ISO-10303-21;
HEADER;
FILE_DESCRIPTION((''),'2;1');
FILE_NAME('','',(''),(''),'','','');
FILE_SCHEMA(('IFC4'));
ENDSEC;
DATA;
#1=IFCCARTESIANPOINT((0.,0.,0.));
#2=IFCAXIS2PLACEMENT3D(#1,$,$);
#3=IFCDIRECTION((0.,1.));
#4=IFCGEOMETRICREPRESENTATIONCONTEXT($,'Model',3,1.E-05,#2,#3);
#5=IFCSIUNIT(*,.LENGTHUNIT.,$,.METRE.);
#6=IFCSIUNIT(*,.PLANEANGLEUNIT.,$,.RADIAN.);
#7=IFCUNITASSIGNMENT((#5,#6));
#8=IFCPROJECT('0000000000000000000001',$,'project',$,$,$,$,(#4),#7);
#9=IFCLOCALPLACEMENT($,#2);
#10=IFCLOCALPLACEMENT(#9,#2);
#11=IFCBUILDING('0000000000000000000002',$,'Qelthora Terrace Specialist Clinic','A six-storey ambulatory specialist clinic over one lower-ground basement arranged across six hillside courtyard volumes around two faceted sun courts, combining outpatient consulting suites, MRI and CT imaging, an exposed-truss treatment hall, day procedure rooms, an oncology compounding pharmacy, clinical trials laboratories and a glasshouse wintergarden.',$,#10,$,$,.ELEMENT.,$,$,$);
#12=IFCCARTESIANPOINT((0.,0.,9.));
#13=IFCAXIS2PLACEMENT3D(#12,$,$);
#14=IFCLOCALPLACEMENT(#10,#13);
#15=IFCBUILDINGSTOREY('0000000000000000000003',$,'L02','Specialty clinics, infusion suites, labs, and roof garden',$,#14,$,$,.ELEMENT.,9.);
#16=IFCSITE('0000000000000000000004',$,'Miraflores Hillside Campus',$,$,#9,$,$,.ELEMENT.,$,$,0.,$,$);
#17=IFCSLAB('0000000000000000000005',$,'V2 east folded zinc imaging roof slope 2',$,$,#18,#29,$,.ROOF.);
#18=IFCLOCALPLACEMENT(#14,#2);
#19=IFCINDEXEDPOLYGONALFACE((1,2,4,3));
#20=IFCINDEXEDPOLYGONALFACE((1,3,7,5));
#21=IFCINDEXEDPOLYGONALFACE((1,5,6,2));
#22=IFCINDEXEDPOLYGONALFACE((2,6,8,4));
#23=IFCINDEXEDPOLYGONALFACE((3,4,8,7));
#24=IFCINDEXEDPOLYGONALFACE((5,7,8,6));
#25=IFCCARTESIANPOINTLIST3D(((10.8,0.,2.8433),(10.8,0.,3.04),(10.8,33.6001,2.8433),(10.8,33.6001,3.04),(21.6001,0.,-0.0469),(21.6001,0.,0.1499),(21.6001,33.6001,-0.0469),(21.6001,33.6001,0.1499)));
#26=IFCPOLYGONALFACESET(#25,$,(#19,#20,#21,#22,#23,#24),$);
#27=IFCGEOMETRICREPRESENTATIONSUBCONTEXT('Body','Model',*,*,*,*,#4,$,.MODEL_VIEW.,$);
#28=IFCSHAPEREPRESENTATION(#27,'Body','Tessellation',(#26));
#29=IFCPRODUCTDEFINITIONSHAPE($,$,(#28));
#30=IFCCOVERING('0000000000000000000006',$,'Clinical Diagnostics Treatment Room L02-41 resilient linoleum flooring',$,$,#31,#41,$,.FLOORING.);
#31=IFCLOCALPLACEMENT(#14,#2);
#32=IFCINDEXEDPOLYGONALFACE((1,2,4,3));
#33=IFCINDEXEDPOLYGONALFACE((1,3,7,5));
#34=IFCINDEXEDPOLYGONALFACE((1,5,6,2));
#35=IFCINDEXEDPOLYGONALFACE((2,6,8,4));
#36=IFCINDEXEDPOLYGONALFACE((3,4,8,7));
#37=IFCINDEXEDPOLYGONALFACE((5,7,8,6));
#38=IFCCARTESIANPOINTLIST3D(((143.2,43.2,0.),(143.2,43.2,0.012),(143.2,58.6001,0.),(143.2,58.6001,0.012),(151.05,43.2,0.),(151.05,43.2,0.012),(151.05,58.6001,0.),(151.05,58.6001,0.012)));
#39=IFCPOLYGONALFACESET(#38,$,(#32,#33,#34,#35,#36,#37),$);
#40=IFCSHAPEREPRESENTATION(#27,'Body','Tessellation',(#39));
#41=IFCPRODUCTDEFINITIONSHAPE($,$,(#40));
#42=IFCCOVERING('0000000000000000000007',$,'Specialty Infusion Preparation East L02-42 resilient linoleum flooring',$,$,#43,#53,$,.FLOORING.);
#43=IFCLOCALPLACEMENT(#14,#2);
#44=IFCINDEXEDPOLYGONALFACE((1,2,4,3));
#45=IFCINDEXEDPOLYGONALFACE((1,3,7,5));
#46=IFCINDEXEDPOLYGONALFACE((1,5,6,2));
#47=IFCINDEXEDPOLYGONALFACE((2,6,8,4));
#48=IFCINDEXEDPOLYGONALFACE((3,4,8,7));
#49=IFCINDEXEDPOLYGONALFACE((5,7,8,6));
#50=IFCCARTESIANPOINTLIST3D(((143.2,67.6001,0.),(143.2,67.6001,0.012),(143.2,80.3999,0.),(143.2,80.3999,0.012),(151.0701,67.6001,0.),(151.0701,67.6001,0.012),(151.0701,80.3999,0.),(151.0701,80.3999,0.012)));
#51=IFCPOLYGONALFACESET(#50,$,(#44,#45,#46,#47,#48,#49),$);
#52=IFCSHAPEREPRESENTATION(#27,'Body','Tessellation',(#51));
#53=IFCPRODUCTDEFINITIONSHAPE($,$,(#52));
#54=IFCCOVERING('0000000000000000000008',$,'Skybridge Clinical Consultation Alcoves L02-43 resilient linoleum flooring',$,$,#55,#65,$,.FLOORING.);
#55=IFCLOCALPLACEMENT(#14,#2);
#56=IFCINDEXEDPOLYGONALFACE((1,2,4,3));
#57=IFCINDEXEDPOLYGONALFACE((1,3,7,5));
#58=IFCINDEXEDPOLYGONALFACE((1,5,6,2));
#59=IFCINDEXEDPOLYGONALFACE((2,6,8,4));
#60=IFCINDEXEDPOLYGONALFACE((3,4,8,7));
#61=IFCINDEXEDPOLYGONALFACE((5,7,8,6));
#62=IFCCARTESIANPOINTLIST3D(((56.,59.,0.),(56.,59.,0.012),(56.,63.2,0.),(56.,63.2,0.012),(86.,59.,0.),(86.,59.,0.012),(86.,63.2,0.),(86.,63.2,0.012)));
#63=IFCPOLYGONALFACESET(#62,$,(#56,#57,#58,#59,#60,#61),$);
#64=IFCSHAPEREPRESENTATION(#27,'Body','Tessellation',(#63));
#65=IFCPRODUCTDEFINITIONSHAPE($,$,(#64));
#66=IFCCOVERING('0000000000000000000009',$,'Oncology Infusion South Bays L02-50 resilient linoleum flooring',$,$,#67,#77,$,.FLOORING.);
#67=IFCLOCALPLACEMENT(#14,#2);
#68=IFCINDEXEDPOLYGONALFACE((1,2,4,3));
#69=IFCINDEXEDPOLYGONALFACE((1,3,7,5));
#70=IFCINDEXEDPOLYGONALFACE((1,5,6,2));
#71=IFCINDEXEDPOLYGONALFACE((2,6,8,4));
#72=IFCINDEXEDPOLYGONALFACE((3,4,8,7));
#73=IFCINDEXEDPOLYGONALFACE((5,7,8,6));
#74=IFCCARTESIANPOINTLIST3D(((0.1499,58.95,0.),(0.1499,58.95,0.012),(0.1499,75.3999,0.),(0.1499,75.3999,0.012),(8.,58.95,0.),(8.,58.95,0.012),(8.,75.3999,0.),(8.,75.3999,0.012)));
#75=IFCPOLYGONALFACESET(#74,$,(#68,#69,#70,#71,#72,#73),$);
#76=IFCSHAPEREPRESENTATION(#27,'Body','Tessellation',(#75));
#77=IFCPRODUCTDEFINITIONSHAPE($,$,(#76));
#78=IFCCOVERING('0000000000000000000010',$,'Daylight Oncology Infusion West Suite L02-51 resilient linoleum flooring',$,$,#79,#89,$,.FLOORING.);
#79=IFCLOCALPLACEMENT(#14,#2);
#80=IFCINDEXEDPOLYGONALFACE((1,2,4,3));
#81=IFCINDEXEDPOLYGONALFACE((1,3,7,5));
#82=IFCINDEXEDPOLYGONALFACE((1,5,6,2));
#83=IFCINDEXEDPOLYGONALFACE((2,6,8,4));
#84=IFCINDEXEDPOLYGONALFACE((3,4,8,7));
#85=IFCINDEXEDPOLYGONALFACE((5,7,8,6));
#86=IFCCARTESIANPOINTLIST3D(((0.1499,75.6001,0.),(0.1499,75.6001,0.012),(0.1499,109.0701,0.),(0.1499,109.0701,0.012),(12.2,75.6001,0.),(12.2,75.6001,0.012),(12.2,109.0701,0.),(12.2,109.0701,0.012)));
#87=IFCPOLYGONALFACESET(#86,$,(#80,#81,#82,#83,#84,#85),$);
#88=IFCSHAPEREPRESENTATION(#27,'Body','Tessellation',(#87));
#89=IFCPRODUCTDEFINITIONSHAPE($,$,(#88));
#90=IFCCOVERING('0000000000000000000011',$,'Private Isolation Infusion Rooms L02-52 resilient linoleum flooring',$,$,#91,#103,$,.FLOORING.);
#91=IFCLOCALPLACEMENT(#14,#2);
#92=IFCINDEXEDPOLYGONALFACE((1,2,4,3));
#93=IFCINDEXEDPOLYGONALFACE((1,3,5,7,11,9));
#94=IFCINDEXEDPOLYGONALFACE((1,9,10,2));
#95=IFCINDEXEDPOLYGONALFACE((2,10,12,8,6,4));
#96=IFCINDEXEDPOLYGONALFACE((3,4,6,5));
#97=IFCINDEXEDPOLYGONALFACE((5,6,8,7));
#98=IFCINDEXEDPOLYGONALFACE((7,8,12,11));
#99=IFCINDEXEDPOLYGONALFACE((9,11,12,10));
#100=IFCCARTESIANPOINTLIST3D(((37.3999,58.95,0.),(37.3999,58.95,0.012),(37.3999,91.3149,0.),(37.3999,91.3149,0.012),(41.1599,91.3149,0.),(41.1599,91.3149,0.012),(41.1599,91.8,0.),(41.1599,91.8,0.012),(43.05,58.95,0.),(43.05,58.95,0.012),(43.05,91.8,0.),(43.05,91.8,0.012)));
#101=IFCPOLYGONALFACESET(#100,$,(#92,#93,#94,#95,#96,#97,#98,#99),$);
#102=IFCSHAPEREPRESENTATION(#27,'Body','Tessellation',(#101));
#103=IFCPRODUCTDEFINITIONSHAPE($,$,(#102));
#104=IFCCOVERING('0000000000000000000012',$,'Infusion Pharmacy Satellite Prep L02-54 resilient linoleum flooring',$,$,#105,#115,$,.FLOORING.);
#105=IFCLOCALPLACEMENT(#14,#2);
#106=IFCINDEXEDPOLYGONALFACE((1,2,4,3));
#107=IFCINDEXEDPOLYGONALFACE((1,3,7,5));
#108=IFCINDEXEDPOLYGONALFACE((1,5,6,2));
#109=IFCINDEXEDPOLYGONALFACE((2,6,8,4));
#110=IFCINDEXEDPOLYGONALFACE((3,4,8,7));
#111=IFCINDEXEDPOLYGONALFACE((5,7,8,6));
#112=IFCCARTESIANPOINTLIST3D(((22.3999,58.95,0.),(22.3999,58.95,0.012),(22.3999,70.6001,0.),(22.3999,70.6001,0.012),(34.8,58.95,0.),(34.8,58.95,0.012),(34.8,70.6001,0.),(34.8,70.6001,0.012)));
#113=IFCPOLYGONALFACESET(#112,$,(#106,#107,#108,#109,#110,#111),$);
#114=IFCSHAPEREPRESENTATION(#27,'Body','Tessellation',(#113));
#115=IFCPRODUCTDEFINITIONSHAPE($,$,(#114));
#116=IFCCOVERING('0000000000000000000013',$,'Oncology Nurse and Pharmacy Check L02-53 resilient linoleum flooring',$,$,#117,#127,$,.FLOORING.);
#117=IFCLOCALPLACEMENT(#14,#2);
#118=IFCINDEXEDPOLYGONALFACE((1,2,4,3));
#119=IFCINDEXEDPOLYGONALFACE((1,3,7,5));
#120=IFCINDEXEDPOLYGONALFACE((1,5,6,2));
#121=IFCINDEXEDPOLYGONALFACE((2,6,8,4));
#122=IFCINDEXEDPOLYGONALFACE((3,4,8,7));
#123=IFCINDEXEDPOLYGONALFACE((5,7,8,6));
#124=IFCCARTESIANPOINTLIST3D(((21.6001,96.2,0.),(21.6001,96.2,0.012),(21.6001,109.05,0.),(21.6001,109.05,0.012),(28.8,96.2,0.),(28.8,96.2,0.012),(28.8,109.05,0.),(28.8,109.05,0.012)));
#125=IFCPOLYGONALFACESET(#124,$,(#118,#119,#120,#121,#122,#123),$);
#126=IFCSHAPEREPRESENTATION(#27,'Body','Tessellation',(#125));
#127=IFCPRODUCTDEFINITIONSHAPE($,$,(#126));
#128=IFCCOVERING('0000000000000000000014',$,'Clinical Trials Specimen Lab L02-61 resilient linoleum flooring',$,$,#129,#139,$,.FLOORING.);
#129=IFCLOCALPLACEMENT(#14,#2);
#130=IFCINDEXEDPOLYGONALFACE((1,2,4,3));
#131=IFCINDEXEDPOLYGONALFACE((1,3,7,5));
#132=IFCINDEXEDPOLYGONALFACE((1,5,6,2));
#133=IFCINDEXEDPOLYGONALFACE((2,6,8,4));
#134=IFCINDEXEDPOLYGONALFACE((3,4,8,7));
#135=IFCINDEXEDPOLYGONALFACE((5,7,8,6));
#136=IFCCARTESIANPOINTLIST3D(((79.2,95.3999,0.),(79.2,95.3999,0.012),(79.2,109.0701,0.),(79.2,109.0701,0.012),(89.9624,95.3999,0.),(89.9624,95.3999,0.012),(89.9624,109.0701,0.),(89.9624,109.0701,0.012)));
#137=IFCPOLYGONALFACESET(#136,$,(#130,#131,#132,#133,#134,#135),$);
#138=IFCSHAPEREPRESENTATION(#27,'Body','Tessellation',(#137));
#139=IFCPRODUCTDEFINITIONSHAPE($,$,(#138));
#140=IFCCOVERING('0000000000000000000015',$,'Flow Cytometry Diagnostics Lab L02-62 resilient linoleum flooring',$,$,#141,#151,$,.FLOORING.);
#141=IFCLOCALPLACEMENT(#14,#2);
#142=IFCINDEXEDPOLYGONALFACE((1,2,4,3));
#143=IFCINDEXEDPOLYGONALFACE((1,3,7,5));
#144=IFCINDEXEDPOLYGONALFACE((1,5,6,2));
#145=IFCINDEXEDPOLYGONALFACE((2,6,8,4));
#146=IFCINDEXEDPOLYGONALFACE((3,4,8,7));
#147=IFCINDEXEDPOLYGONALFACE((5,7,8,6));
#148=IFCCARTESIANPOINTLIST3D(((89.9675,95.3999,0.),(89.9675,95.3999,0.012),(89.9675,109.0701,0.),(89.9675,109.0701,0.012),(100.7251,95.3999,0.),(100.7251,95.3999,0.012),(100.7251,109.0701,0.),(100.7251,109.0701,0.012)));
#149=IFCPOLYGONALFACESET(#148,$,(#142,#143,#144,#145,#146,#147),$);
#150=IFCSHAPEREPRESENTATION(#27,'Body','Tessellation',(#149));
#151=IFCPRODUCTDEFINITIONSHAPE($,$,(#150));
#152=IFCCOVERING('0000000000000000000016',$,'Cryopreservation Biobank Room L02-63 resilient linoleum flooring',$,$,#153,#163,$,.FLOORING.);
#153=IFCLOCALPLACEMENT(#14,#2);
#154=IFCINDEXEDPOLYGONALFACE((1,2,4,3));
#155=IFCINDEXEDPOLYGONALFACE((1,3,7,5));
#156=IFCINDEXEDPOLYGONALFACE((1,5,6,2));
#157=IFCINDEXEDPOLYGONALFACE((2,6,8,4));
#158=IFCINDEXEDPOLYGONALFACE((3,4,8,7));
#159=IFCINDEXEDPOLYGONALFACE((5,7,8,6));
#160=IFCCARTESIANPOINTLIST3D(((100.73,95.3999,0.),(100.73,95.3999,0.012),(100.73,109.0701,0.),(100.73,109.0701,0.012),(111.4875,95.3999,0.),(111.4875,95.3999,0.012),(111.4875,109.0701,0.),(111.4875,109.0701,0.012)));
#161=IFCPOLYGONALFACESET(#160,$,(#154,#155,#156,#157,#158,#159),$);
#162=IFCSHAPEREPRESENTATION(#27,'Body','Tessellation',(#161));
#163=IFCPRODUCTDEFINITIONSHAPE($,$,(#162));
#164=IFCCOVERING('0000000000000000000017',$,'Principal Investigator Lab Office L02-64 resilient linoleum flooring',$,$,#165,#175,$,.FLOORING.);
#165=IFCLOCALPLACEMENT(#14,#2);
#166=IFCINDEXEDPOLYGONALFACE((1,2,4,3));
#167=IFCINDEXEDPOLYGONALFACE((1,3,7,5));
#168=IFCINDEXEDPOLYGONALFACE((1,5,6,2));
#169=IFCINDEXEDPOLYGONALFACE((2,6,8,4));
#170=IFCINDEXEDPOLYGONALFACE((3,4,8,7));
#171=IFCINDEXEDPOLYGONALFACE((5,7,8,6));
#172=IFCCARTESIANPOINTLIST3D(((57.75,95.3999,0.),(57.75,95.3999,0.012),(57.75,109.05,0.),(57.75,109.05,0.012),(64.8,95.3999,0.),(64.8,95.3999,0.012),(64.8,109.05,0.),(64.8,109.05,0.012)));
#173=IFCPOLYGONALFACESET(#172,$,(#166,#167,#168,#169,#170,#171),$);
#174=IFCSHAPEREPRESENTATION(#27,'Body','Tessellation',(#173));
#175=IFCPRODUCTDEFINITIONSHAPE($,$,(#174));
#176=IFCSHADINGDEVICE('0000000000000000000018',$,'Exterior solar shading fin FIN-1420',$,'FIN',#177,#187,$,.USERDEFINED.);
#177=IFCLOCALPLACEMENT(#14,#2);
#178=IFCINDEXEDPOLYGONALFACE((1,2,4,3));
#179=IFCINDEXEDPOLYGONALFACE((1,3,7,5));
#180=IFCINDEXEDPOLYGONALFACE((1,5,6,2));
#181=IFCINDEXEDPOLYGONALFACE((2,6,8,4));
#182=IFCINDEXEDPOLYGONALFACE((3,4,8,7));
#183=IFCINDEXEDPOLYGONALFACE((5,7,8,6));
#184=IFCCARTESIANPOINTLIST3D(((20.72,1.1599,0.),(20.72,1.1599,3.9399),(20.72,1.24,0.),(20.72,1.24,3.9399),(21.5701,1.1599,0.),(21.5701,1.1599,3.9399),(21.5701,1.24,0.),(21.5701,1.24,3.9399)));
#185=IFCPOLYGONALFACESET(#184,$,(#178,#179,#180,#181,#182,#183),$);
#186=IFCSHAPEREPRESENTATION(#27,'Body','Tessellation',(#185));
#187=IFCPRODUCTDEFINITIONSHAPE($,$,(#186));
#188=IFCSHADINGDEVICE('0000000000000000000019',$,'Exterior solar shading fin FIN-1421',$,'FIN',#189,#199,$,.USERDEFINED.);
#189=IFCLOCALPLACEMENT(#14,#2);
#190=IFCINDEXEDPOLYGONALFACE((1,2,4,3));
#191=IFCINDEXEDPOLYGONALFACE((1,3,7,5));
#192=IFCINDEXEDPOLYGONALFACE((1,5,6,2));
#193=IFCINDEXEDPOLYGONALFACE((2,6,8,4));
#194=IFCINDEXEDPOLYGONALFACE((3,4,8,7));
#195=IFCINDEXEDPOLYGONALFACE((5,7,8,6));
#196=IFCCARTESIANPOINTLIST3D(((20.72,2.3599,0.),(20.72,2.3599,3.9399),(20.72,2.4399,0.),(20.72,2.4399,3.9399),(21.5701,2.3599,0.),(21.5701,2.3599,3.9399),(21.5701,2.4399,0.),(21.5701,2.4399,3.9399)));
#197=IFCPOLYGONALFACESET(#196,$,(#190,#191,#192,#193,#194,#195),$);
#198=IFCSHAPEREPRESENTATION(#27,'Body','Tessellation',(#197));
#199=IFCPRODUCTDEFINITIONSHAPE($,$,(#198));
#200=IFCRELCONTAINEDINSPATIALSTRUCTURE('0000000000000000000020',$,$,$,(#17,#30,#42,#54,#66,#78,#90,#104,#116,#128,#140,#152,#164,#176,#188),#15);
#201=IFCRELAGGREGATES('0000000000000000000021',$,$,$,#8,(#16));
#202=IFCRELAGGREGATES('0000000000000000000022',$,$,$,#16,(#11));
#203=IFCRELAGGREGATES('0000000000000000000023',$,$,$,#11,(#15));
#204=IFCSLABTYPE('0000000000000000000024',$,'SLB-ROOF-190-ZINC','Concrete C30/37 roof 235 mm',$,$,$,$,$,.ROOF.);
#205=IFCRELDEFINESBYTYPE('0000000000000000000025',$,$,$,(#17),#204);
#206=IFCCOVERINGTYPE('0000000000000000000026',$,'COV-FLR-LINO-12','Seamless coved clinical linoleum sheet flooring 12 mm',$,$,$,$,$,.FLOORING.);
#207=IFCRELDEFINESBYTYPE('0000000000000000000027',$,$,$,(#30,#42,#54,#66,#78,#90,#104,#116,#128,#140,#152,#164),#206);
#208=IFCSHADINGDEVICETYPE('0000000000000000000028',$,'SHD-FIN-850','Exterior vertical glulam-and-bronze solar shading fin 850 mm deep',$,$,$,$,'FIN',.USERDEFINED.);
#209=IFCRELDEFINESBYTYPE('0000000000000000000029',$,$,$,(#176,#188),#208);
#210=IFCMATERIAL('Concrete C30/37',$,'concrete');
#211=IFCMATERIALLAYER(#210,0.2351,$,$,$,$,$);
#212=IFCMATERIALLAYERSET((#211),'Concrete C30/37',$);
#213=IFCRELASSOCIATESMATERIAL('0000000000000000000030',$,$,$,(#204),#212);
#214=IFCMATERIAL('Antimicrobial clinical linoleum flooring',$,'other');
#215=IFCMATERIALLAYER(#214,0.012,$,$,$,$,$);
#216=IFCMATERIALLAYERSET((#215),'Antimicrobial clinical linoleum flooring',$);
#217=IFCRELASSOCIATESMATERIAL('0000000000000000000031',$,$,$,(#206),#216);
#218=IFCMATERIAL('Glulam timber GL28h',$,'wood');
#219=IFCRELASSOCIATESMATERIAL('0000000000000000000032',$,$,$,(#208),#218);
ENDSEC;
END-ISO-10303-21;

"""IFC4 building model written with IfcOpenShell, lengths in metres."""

from ifc_helpers import new_model, si_unit, direction, frame, origin, origin_2d, place, context, subcontext, project, spatial, polyline, rectangle, outline, extrude, material, layer, layer_set, type_object, element, save


model = new_model("IFC4")

# Units and contexts
model_context = context("Model", 3, precision=1e-05, world=origin(), true_north=direction((0.0, 1.0)))
body_context = subcontext(model_context, "Body", "Model", "MODEL_VIEW")
ifc_project = project(units=[si_unit("LENGTHUNIT", "METRE"), si_unit("PLANEANGLEUNIT", "RADIAN")], contexts=[model_context])

# Site, building, storey
site_placement = place(None, origin())
site = spatial("IfcSite", under=ifc_project, at=site_placement, Name="Miraflores Hillside Campus", CompositionType="ELEMENT", RefElevation=0.0)
building_placement = place(site_placement, origin())
building = spatial("IfcBuilding", under=site, at=building_placement, Name="Qelthora Terrace Specialist Clinic", Description="A six-storey ambulatory specialist clinic over one lower-ground basement arranged across six hillside courtyard volumes around two faceted sun courts, combining outpatient consulting suites, MRI and CT imaging, an exposed-truss treatment hall, day procedure rooms, an oncology compounding pharmacy, clinical trials laboratories and a glasshouse wintergarden.", CompositionType="ELEMENT")
storey_placement = place(building_placement, frame((0.0, 0.0, 9.0)))
storey = spatial("IfcBuildingStorey", under=building, at=storey_placement, Name="L02", Description="Specialty clinics, infusion suites, labs, and roof garden", CompositionType="ELEMENT", Elevation=9.0)

# Slab
ifc_material_1 = material(Name="Concrete C30/37", Category="concrete")
ifc_layer_1 = layer(ifc_material_1, 0.2351)
ifc_layer_set_1 = layer_set([ifc_layer_1], Name="Concrete C30/37")
slab_type = type_object("IfcSlabType", Name="SLB-ROOF-190-ZINC", Description="Concrete C30/37 roof 235 mm", PredefinedType="ROOF", material=ifc_layer_set_1)
slab_placement = place(storey_placement, frame((10.8, 0.0, 2.8433), z_axis=(0.258508, 0.0, 0.966009), x_axis=(0.966009, 0.0, -0.258508)))
element("IfcSlab", 1, at=slab_placement, inside=storey, type_object=slab_type, Name="V2 east folded zinc imaging roof slope 2", PredefinedType="ROOF", context=body_context, shape_type="SweptSolid", body=[
    extrude(outline(polyline([(0.0, 0.0), (11.1801, 0.0), (11.1801, 33.6001), (0.0, 33.6001), (0.0, 0.0)])), origin(), (-0.258508, 0.0, 0.966009), 0.1968),
])

# Coverings
ifc_material_2 = material(Name="Antimicrobial clinical linoleum flooring", Category="other")
ifc_layer_2 = layer(ifc_material_2, 0.012)
ifc_layer_set_2 = layer_set([ifc_layer_2], Name="Antimicrobial clinical linoleum flooring")
covering_type = type_object("IfcCoveringType", Name="COV-FLR-LINO-12", Description="Seamless coved clinical linoleum sheet flooring 12 mm", PredefinedType="FLOORING", material=ifc_layer_set_2)
covering_1_placement = place(storey_placement, origin())
element("IfcCovering", 2, at=covering_1_placement, inside=storey, type_object=covering_type, Name="Clinical Diagnostics Treatment Room L02-41 resilient linoleum flooring", PredefinedType="FLOORING", context=body_context, shape_type="SweptSolid", body=[
    extrude(outline(polyline([(143.2, 43.2), (143.2, 58.6001), (151.05, 58.6001), (151.05, 43.2), (143.2, 43.2)])), origin(), (0.0, 0.0, 1.0), 0.012),
])
covering_2_placement = place(storey_placement, origin())
element("IfcCovering", 3, at=covering_2_placement, inside=storey, type_object=covering_type, Name="Specialty Infusion Preparation East L02-42 resilient linoleum flooring", PredefinedType="FLOORING", context=body_context, shape_type="SweptSolid", body=[
    extrude(outline(polyline([(143.2, 67.6001), (143.2, 80.3999), (151.0701, 80.3999), (151.0701, 67.6001), (143.2, 67.6001)])), origin(), (0.0, 0.0, 1.0), 0.012),
])
covering_3_placement = place(storey_placement, origin())
element("IfcCovering", 4, at=covering_3_placement, inside=storey, type_object=covering_type, Name="Skybridge Clinical Consultation Alcoves L02-43 resilient linoleum flooring", PredefinedType="FLOORING", context=body_context, shape_type="SweptSolid", body=[
    extrude(outline(polyline([(56.0, 59.0), (56.0, 63.2), (86.0, 63.2), (86.0, 59.0), (56.0, 59.0)])), origin(), (0.0, 0.0, 1.0), 0.012),
])
covering_4_placement = place(storey_placement, origin())
element("IfcCovering", 5, at=covering_4_placement, inside=storey, type_object=covering_type, Name="Oncology Infusion South Bays L02-50 resilient linoleum flooring", PredefinedType="FLOORING", context=body_context, shape_type="SweptSolid", body=[
    extrude(outline(polyline([(0.1499, 58.95), (0.1499, 75.3999), (8.0, 75.3999), (8.0, 58.95), (0.1499, 58.95)])), origin(), (0.0, 0.0, 1.0), 0.012),
])
covering_5_placement = place(storey_placement, origin())
element("IfcCovering", 6, at=covering_5_placement, inside=storey, type_object=covering_type, Name="Daylight Oncology Infusion West Suite L02-51 resilient linoleum flooring", PredefinedType="FLOORING", context=body_context, shape_type="SweptSolid", body=[
    extrude(outline(polyline([(12.2, 75.6001), (0.1499, 75.6001), (0.1499, 109.0701), (12.2, 109.0701), (12.2, 75.6001)])), origin(), (0.0, 0.0, 1.0), 0.012),
])
covering_6_placement = place(storey_placement, origin())
element("IfcCovering", 7, at=covering_6_placement, inside=storey, type_object=covering_type, Name="Private Isolation Infusion Rooms L02-52 resilient linoleum flooring", PredefinedType="FLOORING", context=body_context, shape_type="SweptSolid", body=[
    extrude(outline(polyline([(41.1599, 91.3149), (41.1599, 91.8), (43.05, 91.8), (43.05, 58.95), (37.3999, 58.95), (37.3999, 91.3149), (41.1599, 91.3149)])), origin(), (0.0, 0.0, 1.0), 0.012),
])
covering_7_placement = place(storey_placement, origin())
element("IfcCovering", 8, at=covering_7_placement, inside=storey, type_object=covering_type, Name="Infusion Pharmacy Satellite Prep L02-54 resilient linoleum flooring", PredefinedType="FLOORING", context=body_context, shape_type="SweptSolid", body=[
    extrude(outline(polyline([(22.3999, 58.95), (22.3999, 70.6001), (34.8, 70.6001), (34.8, 58.95), (22.3999, 58.95)])), origin(), (0.0, 0.0, 1.0), 0.012),
])
covering_8_placement = place(storey_placement, origin())
element("IfcCovering", 9, at=covering_8_placement, inside=storey, type_object=covering_type, Name="Oncology Nurse and Pharmacy Check L02-53 resilient linoleum flooring", PredefinedType="FLOORING", context=body_context, shape_type="SweptSolid", body=[
    extrude(outline(polyline([(21.6001, 96.2), (21.6001, 109.05), (28.8, 109.05), (28.8, 96.2), (21.6001, 96.2)])), origin(), (0.0, 0.0, 1.0), 0.012),
])
covering_9_placement = place(storey_placement, origin())
element("IfcCovering", 10, at=covering_9_placement, inside=storey, type_object=covering_type, Name="Clinical Trials Specimen Lab L02-61 resilient linoleum flooring", PredefinedType="FLOORING", context=body_context, shape_type="SweptSolid", body=[
    extrude(outline(polyline([(89.9624, 95.3999), (79.2, 95.3999), (79.2, 109.0701), (89.9624, 109.0701), (89.9624, 95.3999)])), origin(), (0.0, 0.0, 1.0), 0.012),
])
covering_10_placement = place(storey_placement, origin())
element("IfcCovering", 11, at=covering_10_placement, inside=storey, type_object=covering_type, Name="Flow Cytometry Diagnostics Lab L02-62 resilient linoleum flooring", PredefinedType="FLOORING", context=body_context, shape_type="SweptSolid", body=[
    extrude(outline(polyline([(100.7251, 95.3999), (89.9675, 95.3999), (89.9675, 109.0701), (100.7251, 109.0701), (100.7251, 95.3999)])), origin(), (0.0, 0.0, 1.0), 0.012),
])
covering_11_placement = place(storey_placement, origin())
element("IfcCovering", 12, at=covering_11_placement, inside=storey, type_object=covering_type, Name="Cryopreservation Biobank Room L02-63 resilient linoleum flooring", PredefinedType="FLOORING", context=body_context, shape_type="SweptSolid", body=[
    extrude(outline(polyline([(111.4875, 95.3999), (100.73, 95.3999), (100.73, 109.0701), (111.4875, 109.0701), (111.4875, 95.3999)])), origin(), (0.0, 0.0, 1.0), 0.012),
])
covering_12_placement = place(storey_placement, origin())
element("IfcCovering", 13, at=covering_12_placement, inside=storey, type_object=covering_type, Name="Principal Investigator Lab Office L02-64 resilient linoleum flooring", PredefinedType="FLOORING", context=body_context, shape_type="SweptSolid", body=[
    extrude(outline(polyline([(57.75, 95.3999), (57.75, 109.05), (64.8, 109.05), (64.8, 95.3999), (57.75, 95.3999)])), origin(), (0.0, 0.0, 1.0), 0.012),
])

# Shading devices
ifc_material_3 = material(Name="Glulam timber GL28h", Category="wood")
shading_device_type = type_object("IfcShadingDeviceType", Name="SHD-FIN-850", Description="Exterior vertical glulam-and-bronze solar shading fin 850 mm deep", ElementType="FIN", PredefinedType="USERDEFINED", material=ifc_material_3)
for number, where, z_axis, x_axis, name in (
    (14, (21.145, 1.2, 0.0), (0.0, 0.0, 1.0), (-1.0, 0.0, 0.0), "Exterior solar shading fin FIN-1420"),
    (15, (21.145, 2.3999, 0.0), (0.0, 0.0, 1.0), (-1.0, 0.0, 0.0), "Exterior solar shading fin FIN-1421"),
):
    element("IfcShadingDevice", number, at=place(storey_placement, frame(where, z_axis=z_axis, x_axis=x_axis)), inside=storey, type_object=shading_device_type, Name=name, ObjectType="FIN", PredefinedType="USERDEFINED", context=body_context, shape_type="SweptSolid", body=[
        extrude(rectangle(XDim=0.8501, YDim=0.0801, at=origin_2d()), origin(), (0.0, 0.0, 1.0), 3.9399),
    ])

save(model, "model.ifc")
